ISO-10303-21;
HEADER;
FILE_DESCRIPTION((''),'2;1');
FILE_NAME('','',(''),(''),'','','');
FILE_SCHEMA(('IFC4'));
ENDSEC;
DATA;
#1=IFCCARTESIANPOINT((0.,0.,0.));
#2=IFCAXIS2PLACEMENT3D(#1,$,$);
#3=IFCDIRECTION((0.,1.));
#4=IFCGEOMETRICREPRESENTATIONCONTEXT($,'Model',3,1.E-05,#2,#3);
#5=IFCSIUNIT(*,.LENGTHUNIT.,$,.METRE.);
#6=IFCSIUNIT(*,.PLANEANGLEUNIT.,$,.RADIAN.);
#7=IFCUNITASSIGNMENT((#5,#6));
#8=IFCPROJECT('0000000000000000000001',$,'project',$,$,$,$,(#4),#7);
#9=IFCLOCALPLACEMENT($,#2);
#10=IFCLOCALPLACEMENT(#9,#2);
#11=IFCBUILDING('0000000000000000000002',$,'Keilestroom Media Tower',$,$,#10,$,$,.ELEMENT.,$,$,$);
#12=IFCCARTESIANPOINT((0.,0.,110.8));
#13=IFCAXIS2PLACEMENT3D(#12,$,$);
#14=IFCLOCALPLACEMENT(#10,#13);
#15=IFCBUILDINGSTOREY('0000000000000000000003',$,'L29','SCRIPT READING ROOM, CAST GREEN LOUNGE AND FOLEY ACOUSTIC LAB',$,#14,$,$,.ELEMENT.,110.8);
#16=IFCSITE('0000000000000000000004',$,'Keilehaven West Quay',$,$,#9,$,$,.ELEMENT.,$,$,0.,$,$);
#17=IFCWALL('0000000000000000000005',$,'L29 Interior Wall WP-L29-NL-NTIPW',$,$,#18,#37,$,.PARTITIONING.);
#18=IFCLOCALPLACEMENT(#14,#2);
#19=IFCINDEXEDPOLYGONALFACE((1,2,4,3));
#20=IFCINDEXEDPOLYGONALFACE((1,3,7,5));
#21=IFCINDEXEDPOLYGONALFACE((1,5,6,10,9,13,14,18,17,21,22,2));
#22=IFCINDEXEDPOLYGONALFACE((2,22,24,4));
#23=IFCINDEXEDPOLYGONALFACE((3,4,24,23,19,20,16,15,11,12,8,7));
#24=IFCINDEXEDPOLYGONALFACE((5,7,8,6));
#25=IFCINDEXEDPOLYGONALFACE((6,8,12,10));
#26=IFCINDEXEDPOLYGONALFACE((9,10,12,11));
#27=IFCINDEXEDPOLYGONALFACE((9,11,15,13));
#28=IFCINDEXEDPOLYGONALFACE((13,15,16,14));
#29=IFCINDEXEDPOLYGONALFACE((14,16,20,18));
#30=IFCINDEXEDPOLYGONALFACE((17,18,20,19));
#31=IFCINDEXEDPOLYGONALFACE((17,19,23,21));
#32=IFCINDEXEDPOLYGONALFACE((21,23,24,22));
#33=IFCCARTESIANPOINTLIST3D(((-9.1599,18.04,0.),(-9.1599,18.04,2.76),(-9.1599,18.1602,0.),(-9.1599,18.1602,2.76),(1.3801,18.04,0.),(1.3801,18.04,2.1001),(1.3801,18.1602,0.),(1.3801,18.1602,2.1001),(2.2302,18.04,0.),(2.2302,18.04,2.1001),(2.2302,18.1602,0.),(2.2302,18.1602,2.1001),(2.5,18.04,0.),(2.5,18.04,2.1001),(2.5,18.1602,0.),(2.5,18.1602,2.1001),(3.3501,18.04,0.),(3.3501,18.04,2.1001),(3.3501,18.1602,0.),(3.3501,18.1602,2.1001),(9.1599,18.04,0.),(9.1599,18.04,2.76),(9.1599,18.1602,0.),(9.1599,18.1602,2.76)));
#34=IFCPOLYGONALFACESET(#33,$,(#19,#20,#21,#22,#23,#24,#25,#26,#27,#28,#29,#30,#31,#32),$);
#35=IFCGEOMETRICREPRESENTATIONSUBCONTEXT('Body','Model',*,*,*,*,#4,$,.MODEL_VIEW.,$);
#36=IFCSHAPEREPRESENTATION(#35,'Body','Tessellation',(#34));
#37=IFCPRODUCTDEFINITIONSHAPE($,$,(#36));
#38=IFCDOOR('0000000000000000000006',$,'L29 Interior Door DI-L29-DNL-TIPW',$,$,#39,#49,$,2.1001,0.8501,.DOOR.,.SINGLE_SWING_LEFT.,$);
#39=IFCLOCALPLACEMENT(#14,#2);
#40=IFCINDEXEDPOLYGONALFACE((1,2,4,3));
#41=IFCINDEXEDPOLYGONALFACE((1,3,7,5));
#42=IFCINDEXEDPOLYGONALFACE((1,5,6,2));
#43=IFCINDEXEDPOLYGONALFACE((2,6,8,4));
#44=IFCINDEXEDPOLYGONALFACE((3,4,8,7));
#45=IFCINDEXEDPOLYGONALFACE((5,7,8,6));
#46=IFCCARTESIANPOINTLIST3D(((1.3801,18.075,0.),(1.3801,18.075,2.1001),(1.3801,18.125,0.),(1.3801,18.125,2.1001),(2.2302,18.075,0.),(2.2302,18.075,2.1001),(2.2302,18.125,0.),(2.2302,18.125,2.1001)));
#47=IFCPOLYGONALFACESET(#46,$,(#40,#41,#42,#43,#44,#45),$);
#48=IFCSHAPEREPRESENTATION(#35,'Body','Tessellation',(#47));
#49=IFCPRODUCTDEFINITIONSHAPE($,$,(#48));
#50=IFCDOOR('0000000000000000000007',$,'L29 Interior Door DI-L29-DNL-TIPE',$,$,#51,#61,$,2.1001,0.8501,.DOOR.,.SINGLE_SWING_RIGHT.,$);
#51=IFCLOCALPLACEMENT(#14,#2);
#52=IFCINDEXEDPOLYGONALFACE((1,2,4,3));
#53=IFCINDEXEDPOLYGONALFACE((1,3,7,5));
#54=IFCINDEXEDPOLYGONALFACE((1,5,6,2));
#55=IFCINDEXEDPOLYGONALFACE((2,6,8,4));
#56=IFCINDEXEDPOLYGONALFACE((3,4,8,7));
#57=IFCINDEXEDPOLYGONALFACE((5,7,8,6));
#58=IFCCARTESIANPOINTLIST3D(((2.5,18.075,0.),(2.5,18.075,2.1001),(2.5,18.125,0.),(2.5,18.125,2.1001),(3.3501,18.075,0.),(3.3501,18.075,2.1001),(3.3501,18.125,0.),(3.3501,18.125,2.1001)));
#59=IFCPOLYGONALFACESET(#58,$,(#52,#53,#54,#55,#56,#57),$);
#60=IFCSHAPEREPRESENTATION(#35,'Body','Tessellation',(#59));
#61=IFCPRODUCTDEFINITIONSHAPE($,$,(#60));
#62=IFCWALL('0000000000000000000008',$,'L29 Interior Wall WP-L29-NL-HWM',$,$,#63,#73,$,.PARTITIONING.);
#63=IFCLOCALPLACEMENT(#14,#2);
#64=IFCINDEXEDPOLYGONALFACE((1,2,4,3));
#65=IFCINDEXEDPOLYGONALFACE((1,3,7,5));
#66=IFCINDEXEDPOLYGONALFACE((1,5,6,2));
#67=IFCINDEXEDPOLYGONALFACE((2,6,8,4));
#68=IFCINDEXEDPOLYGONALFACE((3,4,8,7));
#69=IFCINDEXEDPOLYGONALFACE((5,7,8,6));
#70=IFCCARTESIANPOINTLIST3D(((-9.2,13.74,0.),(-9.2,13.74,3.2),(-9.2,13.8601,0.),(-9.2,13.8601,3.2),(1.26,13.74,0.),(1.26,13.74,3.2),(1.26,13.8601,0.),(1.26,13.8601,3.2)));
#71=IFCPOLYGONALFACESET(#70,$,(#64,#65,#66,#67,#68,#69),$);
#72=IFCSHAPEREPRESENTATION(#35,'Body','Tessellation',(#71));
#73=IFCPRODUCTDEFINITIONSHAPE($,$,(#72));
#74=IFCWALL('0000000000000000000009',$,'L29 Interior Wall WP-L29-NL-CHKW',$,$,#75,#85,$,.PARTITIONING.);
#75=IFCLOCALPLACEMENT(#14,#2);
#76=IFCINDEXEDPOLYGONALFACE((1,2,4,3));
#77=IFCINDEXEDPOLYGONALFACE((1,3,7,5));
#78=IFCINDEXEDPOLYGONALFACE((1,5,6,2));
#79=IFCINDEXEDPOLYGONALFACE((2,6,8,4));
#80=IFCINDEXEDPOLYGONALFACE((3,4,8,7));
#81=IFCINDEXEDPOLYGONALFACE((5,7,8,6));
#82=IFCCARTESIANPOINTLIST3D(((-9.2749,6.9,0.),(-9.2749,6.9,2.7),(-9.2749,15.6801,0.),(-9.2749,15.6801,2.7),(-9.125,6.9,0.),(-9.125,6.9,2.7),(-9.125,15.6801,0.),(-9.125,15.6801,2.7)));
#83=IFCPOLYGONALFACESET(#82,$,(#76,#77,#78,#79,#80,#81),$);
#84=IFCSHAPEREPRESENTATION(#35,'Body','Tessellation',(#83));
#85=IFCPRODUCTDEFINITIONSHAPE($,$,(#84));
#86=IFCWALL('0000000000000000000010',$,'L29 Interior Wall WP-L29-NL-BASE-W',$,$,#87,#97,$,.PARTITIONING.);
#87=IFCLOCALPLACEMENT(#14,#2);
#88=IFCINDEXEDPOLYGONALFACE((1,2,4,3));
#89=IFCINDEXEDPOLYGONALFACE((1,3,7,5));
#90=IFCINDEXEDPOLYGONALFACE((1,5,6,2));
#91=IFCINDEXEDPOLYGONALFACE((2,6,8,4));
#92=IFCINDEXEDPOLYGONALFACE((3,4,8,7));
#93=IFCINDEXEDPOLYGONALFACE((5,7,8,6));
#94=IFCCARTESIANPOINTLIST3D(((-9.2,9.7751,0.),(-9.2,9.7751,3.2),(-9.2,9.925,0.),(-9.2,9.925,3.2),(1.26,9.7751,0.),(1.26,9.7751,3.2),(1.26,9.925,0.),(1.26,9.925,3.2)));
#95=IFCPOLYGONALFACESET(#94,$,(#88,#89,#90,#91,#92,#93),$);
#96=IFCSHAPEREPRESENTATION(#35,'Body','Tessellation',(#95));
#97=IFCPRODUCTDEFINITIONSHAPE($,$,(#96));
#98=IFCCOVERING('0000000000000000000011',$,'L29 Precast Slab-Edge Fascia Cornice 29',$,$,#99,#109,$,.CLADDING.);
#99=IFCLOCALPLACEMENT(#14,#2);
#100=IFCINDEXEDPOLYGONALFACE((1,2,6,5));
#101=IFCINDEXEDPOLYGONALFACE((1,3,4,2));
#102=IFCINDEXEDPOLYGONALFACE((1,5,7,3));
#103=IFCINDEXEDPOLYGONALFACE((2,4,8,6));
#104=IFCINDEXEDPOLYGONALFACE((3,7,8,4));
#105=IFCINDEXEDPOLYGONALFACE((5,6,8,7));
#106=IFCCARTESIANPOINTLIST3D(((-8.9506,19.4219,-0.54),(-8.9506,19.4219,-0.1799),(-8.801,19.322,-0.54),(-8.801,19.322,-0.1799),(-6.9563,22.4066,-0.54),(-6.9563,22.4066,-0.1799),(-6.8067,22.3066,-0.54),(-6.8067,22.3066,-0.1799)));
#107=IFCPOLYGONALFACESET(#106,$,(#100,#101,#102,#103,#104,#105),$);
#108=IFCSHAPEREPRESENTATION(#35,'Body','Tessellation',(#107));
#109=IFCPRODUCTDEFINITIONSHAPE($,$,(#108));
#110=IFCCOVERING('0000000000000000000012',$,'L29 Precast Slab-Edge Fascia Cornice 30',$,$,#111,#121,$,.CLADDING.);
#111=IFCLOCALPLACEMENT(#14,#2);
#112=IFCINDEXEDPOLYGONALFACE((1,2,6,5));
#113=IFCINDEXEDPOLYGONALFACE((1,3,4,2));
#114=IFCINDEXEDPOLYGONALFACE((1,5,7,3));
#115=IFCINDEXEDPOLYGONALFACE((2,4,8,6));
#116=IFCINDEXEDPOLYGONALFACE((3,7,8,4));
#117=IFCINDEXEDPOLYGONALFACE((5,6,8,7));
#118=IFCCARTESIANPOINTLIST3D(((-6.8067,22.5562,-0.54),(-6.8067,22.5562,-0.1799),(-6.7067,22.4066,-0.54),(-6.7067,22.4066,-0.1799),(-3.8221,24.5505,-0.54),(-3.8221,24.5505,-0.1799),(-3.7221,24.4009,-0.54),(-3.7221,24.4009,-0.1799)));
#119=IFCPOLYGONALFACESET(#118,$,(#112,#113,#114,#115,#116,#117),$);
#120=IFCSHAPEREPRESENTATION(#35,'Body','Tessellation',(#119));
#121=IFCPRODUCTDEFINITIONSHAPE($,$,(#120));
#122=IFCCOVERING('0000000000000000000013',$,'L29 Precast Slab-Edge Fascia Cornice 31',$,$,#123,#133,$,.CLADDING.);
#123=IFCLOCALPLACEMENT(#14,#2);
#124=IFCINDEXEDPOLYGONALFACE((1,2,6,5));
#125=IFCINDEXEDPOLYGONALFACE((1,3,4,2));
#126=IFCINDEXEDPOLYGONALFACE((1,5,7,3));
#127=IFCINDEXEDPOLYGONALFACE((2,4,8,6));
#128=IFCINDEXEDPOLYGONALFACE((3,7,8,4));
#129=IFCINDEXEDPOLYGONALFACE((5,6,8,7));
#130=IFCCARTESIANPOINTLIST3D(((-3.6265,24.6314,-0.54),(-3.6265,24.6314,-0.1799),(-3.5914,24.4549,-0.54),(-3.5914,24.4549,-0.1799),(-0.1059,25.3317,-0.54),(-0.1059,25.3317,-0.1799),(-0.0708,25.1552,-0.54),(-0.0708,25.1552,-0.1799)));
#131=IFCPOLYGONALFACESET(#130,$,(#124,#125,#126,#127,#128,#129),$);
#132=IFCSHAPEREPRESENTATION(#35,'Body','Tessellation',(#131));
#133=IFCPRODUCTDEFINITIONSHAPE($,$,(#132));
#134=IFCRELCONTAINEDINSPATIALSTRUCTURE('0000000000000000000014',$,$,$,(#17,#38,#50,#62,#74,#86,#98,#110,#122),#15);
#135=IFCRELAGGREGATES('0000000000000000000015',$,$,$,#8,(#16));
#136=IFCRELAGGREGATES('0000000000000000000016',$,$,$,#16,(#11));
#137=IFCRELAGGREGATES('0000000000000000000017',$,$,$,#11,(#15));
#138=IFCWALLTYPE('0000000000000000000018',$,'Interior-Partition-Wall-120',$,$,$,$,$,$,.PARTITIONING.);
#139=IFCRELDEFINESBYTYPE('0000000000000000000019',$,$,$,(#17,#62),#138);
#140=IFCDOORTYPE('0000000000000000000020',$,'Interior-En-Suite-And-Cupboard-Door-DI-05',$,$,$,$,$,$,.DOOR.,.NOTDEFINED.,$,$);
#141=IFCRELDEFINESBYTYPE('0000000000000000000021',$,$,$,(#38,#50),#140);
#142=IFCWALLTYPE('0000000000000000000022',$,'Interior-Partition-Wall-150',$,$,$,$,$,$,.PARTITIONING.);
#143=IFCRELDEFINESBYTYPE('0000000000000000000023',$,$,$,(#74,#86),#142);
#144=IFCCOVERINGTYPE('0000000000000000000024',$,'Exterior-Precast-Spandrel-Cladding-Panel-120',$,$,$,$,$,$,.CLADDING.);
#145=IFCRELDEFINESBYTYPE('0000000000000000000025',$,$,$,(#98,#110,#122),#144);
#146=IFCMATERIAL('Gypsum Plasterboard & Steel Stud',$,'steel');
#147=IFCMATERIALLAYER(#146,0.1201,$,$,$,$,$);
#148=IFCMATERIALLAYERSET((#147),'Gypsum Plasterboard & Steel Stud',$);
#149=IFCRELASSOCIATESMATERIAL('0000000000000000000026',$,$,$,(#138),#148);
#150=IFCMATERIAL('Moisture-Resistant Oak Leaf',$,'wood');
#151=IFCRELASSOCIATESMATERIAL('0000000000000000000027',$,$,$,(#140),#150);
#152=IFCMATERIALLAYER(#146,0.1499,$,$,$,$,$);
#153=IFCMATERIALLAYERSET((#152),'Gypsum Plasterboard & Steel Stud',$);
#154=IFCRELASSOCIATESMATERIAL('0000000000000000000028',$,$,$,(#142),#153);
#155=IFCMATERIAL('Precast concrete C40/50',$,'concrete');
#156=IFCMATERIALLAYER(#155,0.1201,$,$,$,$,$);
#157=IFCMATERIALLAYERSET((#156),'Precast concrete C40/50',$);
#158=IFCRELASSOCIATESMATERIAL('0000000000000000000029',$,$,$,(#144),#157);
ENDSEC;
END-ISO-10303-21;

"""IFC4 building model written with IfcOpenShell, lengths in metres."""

from ifc_helpers import new_model, si_unit, direction, frame, frame_2d, origin, origin_2d, place, context, subcontext, project, spatial, rectangle, extrude, source, transform, mapped, material, layer, layer_set, type_object, element, fill, save


model = new_model("IFC4")

# Units and contexts
model_context = context("Model", 3, precision=1e-05, world=origin(), true_north=direction((0.0, 1.0)))
body_context = subcontext(model_context, "Body", "Model", "MODEL_VIEW")
ifc_project = project(units=[si_unit("LENGTHUNIT", "METRE"), si_unit("PLANEANGLEUNIT", "RADIAN")], contexts=[model_context])

# Site, building, storey
site_placement = place(None, origin())
site = spatial("IfcSite", under=ifc_project, at=site_placement, Name="Keilehaven West Quay", CompositionType="ELEMENT", RefElevation=0.0)
building_placement = place(site_placement, origin())
building = spatial("IfcBuilding", under=site, at=building_placement, Name="Keilestroom Media Tower", CompositionType="ELEMENT")
storey_placement = place(building_placement, frame((0.0, 0.0, 110.8)))
storey = spatial("IfcBuildingStorey", under=building, at=storey_placement, Name="L29", Description="SCRIPT READING ROOM, CAST GREEN LOUNGE AND FOLEY ACOUSTIC LAB", CompositionType="ELEMENT", Elevation=110.8)

# Shared definitions
ifc_material_1 = material(Name="Precast concrete C40/50", Category="concrete")

# Wall, openings, doors
ifc_material_2 = material(Name="Gypsum Plasterboard & Steel Stud", Category="steel")
ifc_layer_1 = layer(ifc_material_2, 0.1201)
ifc_layer_set_1 = layer_set([ifc_layer_1], Name="Gypsum Plasterboard & Steel Stud")
wall_type_1 = type_object("IfcWallType", Name="Interior-Partition-Wall-120", PredefinedType="PARTITIONING", material=ifc_layer_set_1)
wall_1_placement = place(storey_placement, frame((-9.1599, 18.1001, 0.0), z_axis=(0.0, 0.0, 1.0), x_axis=(1.0, 0.0, 0.0)))
wall_1 = element("IfcWall", 1, at=wall_1_placement, inside=storey, type_object=wall_type_1, Name="L29 Interior Wall WP-L29-NL-NTIPW", PredefinedType="PARTITIONING", context=body_context, shape_type="SweptSolid", body=[
    extrude(rectangle(XDim=18.3198, YDim=0.1201, at=frame_2d((9.1599, 0.0))), origin(), (0.0, 0.0, 1.0), 2.76),
])
opening_1_placement = place(wall_1_placement, frame((10.54, 0.0, 0.0)))
opening_1 = element("IfcOpeningElement", 2, at=opening_1_placement, cuts=wall_1, PredefinedType="OPENING", context=body_context, shape_type="SweptSolid", body=[
    extrude(rectangle(XDim=0.8501, YDim=2.1001, at=frame_2d((0.425, 1.05))), frame((0.0, 0.0701, 0.0), z_axis=(0.0, -1.0, 0.0), x_axis=(1.0, 0.0, 0.0)), (0.0, 0.0, 1.0), 0.1401),
])
opening_2_placement = place(wall_1_placement, frame((11.6599, 0.0, 0.0)))
opening_2 = element("IfcOpeningElement", 3, at=opening_2_placement, cuts=wall_1, PredefinedType="OPENING", context=body_context, shape_type="SweptSolid", body=[
    extrude(rectangle(XDim=0.8501, YDim=2.1001, at=frame_2d((0.425, 1.05))), frame((0.0, 0.0701, 0.0), z_axis=(0.0, -1.0, 0.0), x_axis=(1.0, 0.0, 0.0)), (0.0, 0.0, 1.0), 0.1401),
])
ifc_material_3 = material(Name="Moisture-Resistant Oak Leaf", Category="wood")
door_type = type_object("IfcDoorType", Name="Interior-En-Suite-And-Cupboard-Door-DI-05", OperationType="NOTDEFINED", PredefinedType="DOOR", material=ifc_material_3)
shared_shape_1 = source(origin(), body_context, "Body", "SweptSolid", [
    extrude(rectangle(XDim=0.8501, YDim=2.1001, at=frame_2d((0.425, 1.05))), frame((0.0, 0.0249, 0.0), z_axis=(0.0, -1.0, 0.0), x_axis=(1.0, 0.0, 0.0)), (0.0, 0.0, 1.0), 0.05),
])
door_1_placement = place(opening_1_placement, origin())
door_1 = element("IfcDoor", 4, at=door_1_placement, inside=storey, type_object=door_type, Name="L29 Interior Door DI-L29-DNL-TIPW", OperationType="SINGLE_SWING_LEFT", OverallHeight=2.1001, OverallWidth=0.8501, PredefinedType="DOOR", context=body_context, shape_type="MappedRepresentation", body=[
    mapped(shared_shape_1, transform((0.0, 0.0, 0.0), x_axis=(1.0, 0.0, 0.0), y_axis=(0.0, 1.0, 0.0), z_axis=(0.0, 0.0, 1.0), scale=1.0)),
])
fill(opening_1, door_1)
door_2_placement = place(opening_2_placement, origin())
door_2 = element("IfcDoor", 5, at=door_2_placement, inside=storey, type_object=door_type, Name="L29 Interior Door DI-L29-DNL-TIPE", OperationType="SINGLE_SWING_RIGHT", OverallHeight=2.1001, OverallWidth=0.8501, PredefinedType="DOOR", context=body_context, shape_type="MappedRepresentation", body=[
    mapped(shared_shape_1, transform((0.0, 0.0, 0.0), x_axis=(1.0, 0.0, 0.0), y_axis=(0.0, 1.0, 0.0), z_axis=(0.0, 0.0, 1.0), scale=1.0)),
])
fill(opening_2, door_2)

# Walls
wall_2_placement = place(storey_placement, frame((-9.2, 13.8, 0.0), z_axis=(0.0, 0.0, 1.0), x_axis=(1.0, 0.0, 0.0)))
element("IfcWall", 6, at=wall_2_placement, inside=storey, type_object=wall_type_1, Name="L29 Interior Wall WP-L29-NL-HWM", PredefinedType="PARTITIONING", context=body_context, shape_type="SweptSolid", body=[
    extrude(rectangle(XDim=10.46, YDim=0.1201, at=frame_2d((5.23, 0.0))), origin(), (0.0, 0.0, 1.0), 3.2),
])
ifc_layer_2 = layer(ifc_material_2, 0.1499)
ifc_layer_set_2 = layer_set([ifc_layer_2], Name="Gypsum Plasterboard & Steel Stud")
wall_type_2 = type_object("IfcWallType", Name="Interior-Partition-Wall-150", PredefinedType="PARTITIONING", material=ifc_layer_set_2)
wall_3_placement = place(storey_placement, frame((-9.2, 6.8999, 0.0), z_axis=(0.0, 0.0, 1.0), x_axis=(0.0, 1.0, 0.0)))
element("IfcWall", 7, at=wall_3_placement, inside=storey, type_object=wall_type_2, Name="L29 Interior Wall WP-L29-NL-CHKW", PredefinedType="PARTITIONING", context=body_context, shape_type="SweptSolid", body=[
    extrude(rectangle(XDim=8.78, YDim=0.1499, at=frame_2d((4.3901, 0.0))), origin(), (0.0, 0.0, 1.0), 2.7),
])
wall_4_placement = place(storey_placement, frame((-9.2, 9.8501, 0.0), z_axis=(0.0, 0.0, 1.0), x_axis=(1.0, 0.0, 0.0)))
element("IfcWall", 8, at=wall_4_placement, inside=storey, type_object=wall_type_2, Name="L29 Interior Wall WP-L29-NL-BASE-W", PredefinedType="PARTITIONING", context=body_context, shape_type="SweptSolid", body=[
    extrude(rectangle(XDim=10.46, YDim=0.1499, at=frame_2d((5.23, 0.0))), origin(), (0.0, 0.0, 1.0), 3.2),
])

# Coverings
ifc_layer_3 = layer(ifc_material_1, 0.1201)
ifc_layer_set_3 = layer_set([ifc_layer_3], Name="Precast concrete C40/50")
covering_type = type_object("IfcCoveringType", Name="Exterior-Precast-Spandrel-Cladding-Panel-120", PredefinedType="CLADDING", material=ifc_layer_set_3)
shared_shape_2 = source(origin(), body_context, "Body", "SweptSolid", [
    extrude(rectangle(XDim=3.5896, YDim=0.1799, at=origin_2d()), origin(), (0.0, 0.0, 1.0), 0.3601),
])
for number, where, z_axis, x_axis, name in (
    (9, (-7.8787, 20.8643, -0.54), (0.0, 0.0, 1.0), (0.555575, 0.831467, 0.0), "L29 Precast Slab-Edge Fascia Cornice 29"),
    (10, (-5.2644, 23.4785, -0.54), (0.0, 0.0, 1.0), (0.831467, 0.555575, 0.0), "L29 Precast Slab-Edge Fascia Cornice 30"),
    (11, (-1.8486, 24.8933, -0.54), (0.0, 0.0, 1.0), (0.980784, 0.195099, 0.0), "L29 Precast Slab-Edge Fascia Cornice 31"),
):
    element("IfcCovering", number, at=place(storey_placement, frame(where, z_axis=z_axis, x_axis=x_axis)), inside=storey, type_object=covering_type, Name=name, PredefinedType="CLADDING", context=body_context, shape_type="MappedRepresentation", body=[
        mapped(shared_shape_2, transform((0.0, 0.0, 0.0), x_axis=(1.0, 0.0, 0.0), y_axis=(0.0, 1.0, 0.0), z_axis=(0.0, 0.0, 1.0), scale=1.0)),
    ])

save(model, "model.ifc")
